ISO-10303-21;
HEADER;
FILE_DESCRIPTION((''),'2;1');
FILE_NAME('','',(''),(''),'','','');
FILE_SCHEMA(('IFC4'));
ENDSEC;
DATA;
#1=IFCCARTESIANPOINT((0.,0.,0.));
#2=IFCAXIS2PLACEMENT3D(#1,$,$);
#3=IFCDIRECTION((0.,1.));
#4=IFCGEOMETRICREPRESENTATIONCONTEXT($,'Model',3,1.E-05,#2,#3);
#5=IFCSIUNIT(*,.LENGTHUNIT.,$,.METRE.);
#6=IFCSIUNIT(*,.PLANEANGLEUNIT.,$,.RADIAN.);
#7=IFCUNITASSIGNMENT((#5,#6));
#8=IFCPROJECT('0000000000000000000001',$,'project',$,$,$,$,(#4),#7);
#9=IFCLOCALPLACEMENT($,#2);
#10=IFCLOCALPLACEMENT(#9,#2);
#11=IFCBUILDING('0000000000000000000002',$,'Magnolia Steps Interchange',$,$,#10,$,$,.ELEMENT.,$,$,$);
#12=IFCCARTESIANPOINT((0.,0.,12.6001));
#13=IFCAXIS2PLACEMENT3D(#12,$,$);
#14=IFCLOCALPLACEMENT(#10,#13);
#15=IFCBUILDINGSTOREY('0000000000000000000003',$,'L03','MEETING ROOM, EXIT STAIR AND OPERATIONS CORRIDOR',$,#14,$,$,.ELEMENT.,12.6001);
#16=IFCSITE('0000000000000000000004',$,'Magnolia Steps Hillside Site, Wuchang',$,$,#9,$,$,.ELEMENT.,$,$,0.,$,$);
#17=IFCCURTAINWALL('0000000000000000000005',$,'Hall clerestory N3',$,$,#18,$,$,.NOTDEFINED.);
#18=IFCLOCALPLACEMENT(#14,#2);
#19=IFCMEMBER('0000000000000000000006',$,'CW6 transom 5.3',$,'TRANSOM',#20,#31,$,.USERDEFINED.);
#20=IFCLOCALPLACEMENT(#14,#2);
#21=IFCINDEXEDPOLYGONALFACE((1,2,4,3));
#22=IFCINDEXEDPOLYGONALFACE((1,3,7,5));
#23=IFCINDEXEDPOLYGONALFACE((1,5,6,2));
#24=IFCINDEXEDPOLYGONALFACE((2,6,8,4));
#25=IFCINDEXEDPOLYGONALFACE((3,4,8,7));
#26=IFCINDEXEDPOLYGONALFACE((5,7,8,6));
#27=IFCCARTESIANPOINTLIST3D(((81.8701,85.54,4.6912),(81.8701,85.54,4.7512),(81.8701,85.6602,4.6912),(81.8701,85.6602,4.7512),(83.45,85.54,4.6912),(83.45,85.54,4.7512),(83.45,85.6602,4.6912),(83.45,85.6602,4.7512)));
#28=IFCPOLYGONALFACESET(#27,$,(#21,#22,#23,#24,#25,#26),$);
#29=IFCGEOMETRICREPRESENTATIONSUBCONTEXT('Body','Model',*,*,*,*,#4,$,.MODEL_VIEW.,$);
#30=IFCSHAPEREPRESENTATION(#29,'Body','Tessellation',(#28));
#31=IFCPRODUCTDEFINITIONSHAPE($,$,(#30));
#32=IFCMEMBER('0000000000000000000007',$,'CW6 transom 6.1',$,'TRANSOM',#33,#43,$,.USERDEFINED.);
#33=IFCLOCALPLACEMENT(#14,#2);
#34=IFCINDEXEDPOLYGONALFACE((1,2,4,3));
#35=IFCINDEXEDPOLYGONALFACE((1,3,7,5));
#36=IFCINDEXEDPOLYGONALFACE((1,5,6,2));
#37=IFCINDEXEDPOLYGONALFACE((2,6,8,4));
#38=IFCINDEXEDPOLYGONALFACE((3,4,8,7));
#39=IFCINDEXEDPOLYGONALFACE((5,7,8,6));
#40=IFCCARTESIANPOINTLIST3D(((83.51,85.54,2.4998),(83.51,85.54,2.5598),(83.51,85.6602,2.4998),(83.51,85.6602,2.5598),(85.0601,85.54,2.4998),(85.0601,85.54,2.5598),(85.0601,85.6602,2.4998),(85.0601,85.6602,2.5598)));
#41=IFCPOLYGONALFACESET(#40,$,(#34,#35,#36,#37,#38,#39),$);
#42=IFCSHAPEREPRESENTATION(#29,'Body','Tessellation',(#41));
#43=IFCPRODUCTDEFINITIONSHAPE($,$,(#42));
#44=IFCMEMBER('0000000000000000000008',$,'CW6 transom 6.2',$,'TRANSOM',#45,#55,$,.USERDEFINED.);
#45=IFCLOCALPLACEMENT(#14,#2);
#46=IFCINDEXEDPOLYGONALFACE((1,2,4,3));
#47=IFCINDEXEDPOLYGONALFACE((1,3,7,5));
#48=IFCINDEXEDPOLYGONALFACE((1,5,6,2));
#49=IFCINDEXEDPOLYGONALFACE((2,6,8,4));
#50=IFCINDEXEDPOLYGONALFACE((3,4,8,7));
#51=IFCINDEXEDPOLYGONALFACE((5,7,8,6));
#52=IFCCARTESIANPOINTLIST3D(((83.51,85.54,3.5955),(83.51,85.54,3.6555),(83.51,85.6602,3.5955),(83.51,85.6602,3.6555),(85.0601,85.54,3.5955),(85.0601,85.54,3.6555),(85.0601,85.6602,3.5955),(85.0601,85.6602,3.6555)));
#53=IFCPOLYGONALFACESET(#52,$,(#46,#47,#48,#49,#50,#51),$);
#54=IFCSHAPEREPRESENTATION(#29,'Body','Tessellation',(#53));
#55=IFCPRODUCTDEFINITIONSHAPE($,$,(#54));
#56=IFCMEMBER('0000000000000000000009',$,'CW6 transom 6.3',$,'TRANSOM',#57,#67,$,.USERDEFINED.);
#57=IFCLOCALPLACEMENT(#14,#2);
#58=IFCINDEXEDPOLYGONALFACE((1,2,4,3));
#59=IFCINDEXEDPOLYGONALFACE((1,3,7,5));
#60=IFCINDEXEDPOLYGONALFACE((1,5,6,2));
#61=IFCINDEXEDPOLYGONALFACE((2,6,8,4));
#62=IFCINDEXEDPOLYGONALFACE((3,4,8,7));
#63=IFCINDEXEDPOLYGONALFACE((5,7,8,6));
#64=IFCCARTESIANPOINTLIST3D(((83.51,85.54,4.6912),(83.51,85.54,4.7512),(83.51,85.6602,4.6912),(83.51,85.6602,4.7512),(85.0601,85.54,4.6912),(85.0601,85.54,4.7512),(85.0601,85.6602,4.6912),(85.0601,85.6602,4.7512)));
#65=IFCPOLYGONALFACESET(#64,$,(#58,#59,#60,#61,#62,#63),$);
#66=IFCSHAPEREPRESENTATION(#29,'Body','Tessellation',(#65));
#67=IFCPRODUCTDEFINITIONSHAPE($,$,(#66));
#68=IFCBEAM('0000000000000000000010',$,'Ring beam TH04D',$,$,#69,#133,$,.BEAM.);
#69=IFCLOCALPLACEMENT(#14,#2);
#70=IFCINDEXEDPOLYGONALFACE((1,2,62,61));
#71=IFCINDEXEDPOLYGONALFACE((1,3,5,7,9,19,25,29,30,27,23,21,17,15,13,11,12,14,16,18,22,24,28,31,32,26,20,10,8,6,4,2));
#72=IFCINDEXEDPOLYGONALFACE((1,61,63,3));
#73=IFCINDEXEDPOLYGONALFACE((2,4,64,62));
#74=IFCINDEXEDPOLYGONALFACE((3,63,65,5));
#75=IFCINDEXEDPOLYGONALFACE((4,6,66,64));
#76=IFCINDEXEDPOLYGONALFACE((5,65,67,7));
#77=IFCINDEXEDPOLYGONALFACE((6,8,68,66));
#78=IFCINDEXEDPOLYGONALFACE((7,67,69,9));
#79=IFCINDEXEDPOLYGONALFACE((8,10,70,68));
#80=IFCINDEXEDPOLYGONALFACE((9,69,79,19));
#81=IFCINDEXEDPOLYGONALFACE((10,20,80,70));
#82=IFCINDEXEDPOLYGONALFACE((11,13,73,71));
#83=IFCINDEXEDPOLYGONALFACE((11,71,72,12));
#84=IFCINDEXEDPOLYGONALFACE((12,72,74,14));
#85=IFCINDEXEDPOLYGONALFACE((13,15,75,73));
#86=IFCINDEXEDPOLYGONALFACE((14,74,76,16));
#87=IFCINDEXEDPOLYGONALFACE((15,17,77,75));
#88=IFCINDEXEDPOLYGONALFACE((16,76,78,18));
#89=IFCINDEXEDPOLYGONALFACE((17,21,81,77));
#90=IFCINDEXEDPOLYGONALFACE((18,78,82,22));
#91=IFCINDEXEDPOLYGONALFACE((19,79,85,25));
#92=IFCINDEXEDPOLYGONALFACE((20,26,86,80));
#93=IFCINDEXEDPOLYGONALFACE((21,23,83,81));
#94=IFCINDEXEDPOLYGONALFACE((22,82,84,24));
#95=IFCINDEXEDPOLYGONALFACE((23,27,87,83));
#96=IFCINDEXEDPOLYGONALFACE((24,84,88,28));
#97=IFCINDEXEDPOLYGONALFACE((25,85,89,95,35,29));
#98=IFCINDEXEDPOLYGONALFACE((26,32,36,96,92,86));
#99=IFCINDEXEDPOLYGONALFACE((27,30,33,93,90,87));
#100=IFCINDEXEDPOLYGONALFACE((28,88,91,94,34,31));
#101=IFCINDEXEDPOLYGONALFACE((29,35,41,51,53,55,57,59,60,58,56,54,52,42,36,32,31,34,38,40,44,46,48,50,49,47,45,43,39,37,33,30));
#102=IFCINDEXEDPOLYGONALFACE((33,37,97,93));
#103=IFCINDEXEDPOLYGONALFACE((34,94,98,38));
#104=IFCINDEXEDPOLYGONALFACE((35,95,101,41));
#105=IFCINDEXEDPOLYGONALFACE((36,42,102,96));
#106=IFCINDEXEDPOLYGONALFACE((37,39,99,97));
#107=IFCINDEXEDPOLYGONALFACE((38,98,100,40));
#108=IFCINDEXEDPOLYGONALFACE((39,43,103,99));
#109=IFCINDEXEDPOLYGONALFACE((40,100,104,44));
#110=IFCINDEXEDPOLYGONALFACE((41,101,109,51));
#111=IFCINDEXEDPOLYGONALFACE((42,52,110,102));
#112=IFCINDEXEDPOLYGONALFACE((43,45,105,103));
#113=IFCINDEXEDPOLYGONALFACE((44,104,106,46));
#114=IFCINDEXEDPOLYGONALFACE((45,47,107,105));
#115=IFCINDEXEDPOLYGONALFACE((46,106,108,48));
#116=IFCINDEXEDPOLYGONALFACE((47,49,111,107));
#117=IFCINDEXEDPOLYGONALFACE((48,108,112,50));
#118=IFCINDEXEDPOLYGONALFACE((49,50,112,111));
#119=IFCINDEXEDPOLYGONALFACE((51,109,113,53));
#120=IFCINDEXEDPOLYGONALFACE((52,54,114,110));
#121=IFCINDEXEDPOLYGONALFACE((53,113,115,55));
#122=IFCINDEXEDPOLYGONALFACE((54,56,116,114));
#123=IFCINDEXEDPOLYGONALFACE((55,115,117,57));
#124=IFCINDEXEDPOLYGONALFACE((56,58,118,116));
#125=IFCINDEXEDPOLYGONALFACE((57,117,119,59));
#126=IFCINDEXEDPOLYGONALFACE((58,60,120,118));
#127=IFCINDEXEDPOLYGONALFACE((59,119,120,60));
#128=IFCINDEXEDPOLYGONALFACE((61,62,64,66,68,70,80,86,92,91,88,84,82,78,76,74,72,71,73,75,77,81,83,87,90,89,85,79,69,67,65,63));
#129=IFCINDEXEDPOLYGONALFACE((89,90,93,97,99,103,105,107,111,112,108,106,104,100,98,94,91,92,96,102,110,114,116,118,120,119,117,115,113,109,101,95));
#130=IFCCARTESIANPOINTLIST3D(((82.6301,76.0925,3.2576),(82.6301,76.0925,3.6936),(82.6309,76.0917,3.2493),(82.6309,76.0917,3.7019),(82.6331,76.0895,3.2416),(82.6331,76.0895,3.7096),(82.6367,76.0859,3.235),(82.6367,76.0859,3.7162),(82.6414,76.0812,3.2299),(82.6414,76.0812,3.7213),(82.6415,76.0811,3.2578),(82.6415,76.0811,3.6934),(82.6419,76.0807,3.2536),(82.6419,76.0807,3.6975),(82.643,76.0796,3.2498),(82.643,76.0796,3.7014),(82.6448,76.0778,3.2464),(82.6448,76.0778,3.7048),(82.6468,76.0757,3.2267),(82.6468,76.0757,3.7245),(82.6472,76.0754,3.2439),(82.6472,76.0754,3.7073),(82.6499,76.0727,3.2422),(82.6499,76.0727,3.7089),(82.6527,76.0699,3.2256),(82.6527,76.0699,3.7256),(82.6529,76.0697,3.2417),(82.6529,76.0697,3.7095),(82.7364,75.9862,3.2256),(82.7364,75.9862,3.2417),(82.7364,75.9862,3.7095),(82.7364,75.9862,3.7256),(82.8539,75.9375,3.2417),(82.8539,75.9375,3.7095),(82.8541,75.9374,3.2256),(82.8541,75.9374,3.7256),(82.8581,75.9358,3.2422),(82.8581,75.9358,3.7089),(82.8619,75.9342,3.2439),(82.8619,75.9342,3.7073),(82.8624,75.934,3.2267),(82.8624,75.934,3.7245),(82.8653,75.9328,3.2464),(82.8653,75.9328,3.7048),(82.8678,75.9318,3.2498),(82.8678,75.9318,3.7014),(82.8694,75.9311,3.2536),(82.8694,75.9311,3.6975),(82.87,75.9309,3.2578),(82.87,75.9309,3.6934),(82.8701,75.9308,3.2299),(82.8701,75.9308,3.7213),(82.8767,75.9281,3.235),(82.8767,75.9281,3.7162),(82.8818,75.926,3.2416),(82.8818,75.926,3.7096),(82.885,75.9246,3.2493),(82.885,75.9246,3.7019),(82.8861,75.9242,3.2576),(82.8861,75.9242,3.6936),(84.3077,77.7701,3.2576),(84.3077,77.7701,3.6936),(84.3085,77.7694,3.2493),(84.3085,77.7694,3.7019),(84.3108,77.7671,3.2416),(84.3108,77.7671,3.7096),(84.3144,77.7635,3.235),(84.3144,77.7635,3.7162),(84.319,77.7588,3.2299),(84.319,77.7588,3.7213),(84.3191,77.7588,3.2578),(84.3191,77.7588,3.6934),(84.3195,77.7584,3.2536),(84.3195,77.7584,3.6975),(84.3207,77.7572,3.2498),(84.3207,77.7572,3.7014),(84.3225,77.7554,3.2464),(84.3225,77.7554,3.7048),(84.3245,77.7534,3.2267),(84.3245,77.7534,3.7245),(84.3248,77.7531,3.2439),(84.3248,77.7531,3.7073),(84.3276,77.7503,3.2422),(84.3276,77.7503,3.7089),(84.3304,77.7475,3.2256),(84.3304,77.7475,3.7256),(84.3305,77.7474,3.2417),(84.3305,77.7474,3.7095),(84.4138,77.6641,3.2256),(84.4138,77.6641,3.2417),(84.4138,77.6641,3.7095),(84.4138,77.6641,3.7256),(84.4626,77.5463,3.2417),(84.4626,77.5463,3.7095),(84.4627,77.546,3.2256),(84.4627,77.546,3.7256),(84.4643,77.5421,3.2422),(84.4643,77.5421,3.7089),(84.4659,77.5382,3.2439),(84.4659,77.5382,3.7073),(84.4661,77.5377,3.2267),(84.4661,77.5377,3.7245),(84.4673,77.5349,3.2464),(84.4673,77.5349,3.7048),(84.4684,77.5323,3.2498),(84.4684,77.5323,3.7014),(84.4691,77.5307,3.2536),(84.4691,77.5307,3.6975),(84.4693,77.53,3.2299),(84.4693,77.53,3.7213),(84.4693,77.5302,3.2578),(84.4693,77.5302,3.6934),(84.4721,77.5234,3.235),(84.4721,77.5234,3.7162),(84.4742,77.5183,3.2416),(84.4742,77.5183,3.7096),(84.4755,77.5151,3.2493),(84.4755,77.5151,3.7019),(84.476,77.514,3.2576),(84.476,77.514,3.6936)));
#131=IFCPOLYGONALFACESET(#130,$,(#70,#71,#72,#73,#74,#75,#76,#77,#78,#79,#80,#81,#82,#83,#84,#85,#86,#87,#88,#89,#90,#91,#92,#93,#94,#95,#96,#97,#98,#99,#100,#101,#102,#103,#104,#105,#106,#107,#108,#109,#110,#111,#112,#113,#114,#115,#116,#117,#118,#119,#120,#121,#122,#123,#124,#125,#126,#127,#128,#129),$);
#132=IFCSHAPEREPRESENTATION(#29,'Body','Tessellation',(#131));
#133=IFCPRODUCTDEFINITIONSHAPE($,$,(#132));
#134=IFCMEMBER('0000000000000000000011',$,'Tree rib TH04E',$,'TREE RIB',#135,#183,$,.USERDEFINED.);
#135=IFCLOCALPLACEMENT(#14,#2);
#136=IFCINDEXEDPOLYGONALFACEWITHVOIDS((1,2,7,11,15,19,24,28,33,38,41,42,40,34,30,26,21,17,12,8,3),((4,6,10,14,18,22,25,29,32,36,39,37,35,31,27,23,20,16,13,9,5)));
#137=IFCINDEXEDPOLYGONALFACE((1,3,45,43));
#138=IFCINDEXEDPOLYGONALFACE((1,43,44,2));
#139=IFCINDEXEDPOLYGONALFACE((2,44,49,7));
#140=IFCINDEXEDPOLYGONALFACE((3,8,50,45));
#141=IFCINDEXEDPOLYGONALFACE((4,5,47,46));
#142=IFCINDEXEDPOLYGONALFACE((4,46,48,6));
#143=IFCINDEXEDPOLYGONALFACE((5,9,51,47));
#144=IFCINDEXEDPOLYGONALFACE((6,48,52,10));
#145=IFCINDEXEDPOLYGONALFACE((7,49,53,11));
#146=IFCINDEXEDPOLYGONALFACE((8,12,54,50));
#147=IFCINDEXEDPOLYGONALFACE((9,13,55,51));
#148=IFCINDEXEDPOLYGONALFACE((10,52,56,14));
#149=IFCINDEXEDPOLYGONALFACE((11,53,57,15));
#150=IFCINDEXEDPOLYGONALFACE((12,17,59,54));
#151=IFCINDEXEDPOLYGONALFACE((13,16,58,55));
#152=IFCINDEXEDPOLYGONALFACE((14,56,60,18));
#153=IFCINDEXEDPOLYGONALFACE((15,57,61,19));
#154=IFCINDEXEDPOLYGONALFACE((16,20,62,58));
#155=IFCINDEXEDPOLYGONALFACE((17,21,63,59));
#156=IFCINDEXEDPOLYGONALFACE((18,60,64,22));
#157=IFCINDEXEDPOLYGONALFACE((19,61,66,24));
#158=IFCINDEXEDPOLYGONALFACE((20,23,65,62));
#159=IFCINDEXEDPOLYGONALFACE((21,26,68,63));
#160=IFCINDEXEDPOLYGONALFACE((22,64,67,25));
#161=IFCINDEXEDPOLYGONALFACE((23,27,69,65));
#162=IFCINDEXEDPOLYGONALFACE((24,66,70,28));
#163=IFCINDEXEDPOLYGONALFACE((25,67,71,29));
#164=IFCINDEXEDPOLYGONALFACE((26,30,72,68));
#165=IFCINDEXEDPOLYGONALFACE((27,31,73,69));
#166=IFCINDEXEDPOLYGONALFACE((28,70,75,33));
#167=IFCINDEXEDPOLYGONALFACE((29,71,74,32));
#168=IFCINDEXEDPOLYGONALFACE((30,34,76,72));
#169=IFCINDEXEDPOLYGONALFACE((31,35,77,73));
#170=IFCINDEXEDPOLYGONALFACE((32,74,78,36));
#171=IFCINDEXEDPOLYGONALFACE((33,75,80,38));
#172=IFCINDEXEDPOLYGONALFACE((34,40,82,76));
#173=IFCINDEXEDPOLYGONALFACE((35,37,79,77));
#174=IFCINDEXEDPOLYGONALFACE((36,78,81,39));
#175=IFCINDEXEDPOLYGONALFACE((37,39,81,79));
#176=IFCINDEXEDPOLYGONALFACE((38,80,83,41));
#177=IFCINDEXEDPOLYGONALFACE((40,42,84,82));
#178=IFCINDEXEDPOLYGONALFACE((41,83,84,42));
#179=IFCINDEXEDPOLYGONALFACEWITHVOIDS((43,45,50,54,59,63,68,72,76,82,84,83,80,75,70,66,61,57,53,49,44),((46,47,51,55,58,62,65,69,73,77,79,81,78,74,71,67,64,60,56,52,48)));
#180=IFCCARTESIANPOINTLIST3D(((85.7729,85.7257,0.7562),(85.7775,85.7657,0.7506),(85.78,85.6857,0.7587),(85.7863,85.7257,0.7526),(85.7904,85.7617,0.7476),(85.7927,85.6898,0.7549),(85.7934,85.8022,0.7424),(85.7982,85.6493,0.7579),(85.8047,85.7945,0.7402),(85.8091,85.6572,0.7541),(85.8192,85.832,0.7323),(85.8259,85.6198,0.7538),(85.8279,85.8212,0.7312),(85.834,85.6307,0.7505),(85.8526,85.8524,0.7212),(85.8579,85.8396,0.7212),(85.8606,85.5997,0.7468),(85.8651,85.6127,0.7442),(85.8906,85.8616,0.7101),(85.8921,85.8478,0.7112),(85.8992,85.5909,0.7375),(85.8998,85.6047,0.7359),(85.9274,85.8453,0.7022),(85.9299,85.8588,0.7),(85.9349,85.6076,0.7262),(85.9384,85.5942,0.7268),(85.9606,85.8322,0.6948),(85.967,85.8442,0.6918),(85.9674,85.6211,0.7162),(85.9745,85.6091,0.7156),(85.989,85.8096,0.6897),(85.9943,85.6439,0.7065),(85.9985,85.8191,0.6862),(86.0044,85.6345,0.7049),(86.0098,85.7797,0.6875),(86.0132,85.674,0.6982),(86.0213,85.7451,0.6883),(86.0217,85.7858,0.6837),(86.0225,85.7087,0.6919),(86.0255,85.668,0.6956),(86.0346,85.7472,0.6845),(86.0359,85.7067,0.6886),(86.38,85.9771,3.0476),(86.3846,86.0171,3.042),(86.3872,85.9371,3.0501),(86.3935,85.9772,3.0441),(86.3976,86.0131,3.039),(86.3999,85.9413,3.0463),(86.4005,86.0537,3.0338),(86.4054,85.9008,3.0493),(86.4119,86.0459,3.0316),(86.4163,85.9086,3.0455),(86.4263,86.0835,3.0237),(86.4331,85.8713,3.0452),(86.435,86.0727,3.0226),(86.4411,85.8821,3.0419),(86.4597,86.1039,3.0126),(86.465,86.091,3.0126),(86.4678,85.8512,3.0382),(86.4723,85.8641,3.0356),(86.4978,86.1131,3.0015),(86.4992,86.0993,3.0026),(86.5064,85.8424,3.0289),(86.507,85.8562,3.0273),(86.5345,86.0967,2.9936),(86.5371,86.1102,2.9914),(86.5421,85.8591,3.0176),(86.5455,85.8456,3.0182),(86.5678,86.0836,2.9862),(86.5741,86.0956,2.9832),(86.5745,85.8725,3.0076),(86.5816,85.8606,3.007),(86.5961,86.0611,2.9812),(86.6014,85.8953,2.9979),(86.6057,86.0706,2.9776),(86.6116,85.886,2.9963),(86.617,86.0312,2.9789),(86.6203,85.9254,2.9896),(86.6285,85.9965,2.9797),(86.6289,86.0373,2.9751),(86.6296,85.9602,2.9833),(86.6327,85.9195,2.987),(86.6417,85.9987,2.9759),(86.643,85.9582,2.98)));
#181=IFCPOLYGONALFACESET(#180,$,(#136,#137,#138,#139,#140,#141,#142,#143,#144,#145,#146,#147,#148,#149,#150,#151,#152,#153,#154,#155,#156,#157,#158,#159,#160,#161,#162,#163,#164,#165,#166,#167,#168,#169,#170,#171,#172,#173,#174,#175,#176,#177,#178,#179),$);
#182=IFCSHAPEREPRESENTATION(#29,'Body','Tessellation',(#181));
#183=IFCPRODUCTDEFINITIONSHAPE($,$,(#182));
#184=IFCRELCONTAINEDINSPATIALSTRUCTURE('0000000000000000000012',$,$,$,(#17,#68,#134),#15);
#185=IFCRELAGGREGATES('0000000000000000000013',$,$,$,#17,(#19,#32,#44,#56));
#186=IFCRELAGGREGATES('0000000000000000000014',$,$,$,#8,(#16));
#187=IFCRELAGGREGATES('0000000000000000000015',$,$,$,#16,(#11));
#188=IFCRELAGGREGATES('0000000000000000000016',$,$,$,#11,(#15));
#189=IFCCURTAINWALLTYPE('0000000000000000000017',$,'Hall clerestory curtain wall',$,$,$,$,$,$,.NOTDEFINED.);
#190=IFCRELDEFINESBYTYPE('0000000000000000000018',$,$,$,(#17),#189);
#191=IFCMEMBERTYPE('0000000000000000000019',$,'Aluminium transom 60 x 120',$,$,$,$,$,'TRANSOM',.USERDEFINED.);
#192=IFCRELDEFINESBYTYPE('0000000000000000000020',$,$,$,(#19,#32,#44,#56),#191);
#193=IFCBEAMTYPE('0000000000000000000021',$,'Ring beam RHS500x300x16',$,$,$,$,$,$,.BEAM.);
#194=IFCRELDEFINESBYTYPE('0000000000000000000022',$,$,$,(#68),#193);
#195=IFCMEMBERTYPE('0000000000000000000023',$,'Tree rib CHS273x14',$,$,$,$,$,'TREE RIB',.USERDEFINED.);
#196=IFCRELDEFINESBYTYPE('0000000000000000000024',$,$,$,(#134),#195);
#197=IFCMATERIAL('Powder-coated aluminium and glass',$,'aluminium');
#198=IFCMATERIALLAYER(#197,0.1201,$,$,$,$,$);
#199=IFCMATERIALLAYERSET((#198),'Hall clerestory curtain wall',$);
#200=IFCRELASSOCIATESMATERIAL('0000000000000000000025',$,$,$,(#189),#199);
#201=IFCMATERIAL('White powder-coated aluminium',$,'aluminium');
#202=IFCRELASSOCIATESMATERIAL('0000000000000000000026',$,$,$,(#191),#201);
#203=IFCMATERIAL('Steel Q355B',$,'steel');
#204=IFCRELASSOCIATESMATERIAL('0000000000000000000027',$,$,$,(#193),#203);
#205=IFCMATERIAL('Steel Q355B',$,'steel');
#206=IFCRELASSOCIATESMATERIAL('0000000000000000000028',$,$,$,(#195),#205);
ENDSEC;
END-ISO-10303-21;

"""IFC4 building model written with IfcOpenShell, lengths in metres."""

from ifc_helpers import new_model, si_unit, direction, frame, origin, origin_2d, place, context, subcontext, project, spatial, rectangle, hollow_rectangle, hollow_circle, extrude, clip, halfspace, material, layer, layer_set, material_profile, profile_set, type_object, element, aggregate, save


model = new_model("IFC4")

# Units and contexts
model_context = context("Model", 3, precision=1e-05, world=origin(), true_north=direction((0.0, 1.0)))
body_context = subcontext(model_context, "Body", "Model", "MODEL_VIEW")
ifc_project = project(units=[si_unit("LENGTHUNIT", "METRE"), si_unit("PLANEANGLEUNIT", "RADIAN")], contexts=[model_context])

# Site, building, storey
site_placement = place(None, origin())
site = spatial("IfcSite", under=ifc_project, at=site_placement, Name="Magnolia Steps Hillside Site, Wuchang", CompositionType="ELEMENT", RefElevation=0.0)
building_placement = place(site_placement, origin())
building = spatial("IfcBuilding", under=site, at=building_placement, Name="Magnolia Steps Interchange", CompositionType="ELEMENT")
storey_placement = place(building_placement, frame((0.0, 0.0, 12.6001)))
storey = spatial("IfcBuildingStorey", under=building, at=storey_placement, Name="L03", Description="MEETING ROOM, EXIT STAIR AND OPERATIONS CORRIDOR", CompositionType="ELEMENT", Elevation=12.6001)

# Curtain wall, members
ifc_material_1 = material(Name="Powder-coated aluminium and glass", Category="aluminium")
ifc_layer_1 = layer(ifc_material_1, 0.1201)
ifc_layer_set_1 = layer_set([ifc_layer_1], Name="Hall clerestory curtain wall")
curtain_wall_type = type_object("IfcCurtainWallType", Name="Hall clerestory curtain wall", PredefinedType="NOTDEFINED", material=ifc_layer_set_1)
curtain_wall_placement = place(storey_placement, origin())
curtain_wall = element("IfcCurtainWall", 1, at=curtain_wall_placement, inside=storey, type_object=curtain_wall_type, Name="Hall clerestory N3", PredefinedType="NOTDEFINED")
ifc_material_2 = material(Name="White powder-coated aluminium", Category="aluminium")
ifc_material_profile_1 = material_profile(ifc_material_2, rectangle(XDim=0.0601, YDim=0.1201, at=origin_2d()), Name="Aluminium transom 60 x 120")
ifc_profile_set_1 = profile_set([ifc_material_profile_1], Name="White powder-coated aluminium")
member_type_1 = type_object("IfcMemberType", Name="Aluminium transom 60 x 120", ElementType="TRANSOM", PredefinedType="USERDEFINED", material=ifc_profile_set_1)
member_1_placement = place(storey_placement, frame((81.8701, 85.6001, 4.7212), z_axis=(1.0, 0.0, 0.0), x_axis=(0.0, 0.0, 1.0)))
member_1 = element("IfcMember", 2, at=member_1_placement, type_object=member_type_1, Name="CW6 transom 5.3", ObjectType="TRANSOM", PredefinedType="USERDEFINED", context=body_context, shape_type="SweptSolid", body=[
    extrude(rectangle(XDim=0.0601, YDim=0.1201, at=origin_2d()), origin(), (0.0, 0.0, 1.0), 1.5798),
])
member_2_placement = place(storey_placement, frame((83.51, 85.6001, 2.5298), z_axis=(1.0, 0.0, 0.0), x_axis=(0.0, 0.0, 1.0)))
member_2 = element("IfcMember", 3, at=member_2_placement, type_object=member_type_1, Name="CW6 transom 6.1", ObjectType="TRANSOM", PredefinedType="USERDEFINED", context=body_context, shape_type="SweptSolid", body=[
    extrude(rectangle(XDim=0.0601, YDim=0.1201, at=origin_2d()), origin(), (0.0, 0.0, 1.0), 1.55),
])
member_3_placement = place(storey_placement, frame((83.51, 85.6001, 3.6255), z_axis=(1.0, 0.0, 0.0), x_axis=(0.0, 0.0, 1.0)))
member_3 = element("IfcMember", 4, at=member_3_placement, type_object=member_type_1, Name="CW6 transom 6.2", ObjectType="TRANSOM", PredefinedType="USERDEFINED", context=body_context, shape_type="SweptSolid", body=[
    extrude(rectangle(XDim=0.0601, YDim=0.1201, at=origin_2d()), origin(), (0.0, 0.0, 1.0), 1.55),
])
member_4_placement = place(storey_placement, frame((83.51, 85.6001, 4.7212), z_axis=(1.0, 0.0, 0.0), x_axis=(0.0, 0.0, 1.0)))
member_4 = element("IfcMember", 5, at=member_4_placement, type_object=member_type_1, Name="CW6 transom 6.3", ObjectType="TRANSOM", PredefinedType="USERDEFINED", context=body_context, shape_type="SweptSolid", body=[
    extrude(rectangle(XDim=0.0601, YDim=0.1201, at=origin_2d()), origin(), (0.0, 0.0, 1.0), 1.55),
])

# Beam
ifc_material_3 = material(Name="Steel Q355B", Category="steel")
ifc_material_profile_2 = material_profile(ifc_material_3, hollow_rectangle(XDim=0.3, YDim=0.5, WallThickness=0.0161, InnerFilletRadius=0.0161, OuterFilletRadius=0.032, at=origin_2d()), Name="RHS500x300x16")
ifc_profile_set_2 = profile_set([ifc_material_profile_2], Name="Steel Q355B")
beam_type = type_object("IfcBeamType", Name="Ring beam RHS500x300x16", PredefinedType="BEAM", material=ifc_profile_set_2)
beam_placement = place(storey_placement, frame((84.4138, 77.6641, 3.4756), z_axis=(-0.707107, -0.707107, 0.0), x_axis=(0.707107, -0.707107, 0.0)))
element("IfcBeam", 6, at=beam_placement, inside=storey, type_object=beam_type, Name="Ring beam TH04D", PredefinedType="BEAM", context=body_context, shape_type="Clipping", body=[
    clip(clip(extrude(hollow_rectangle(XDim=0.3, YDim=0.5, WallThickness=0.0161, InnerFilletRadius=0.0161, OuterFilletRadius=0.032, at=origin_2d()), origin(), (0.0, 0.0, 1.0), 2.3726), halfspace(frame((0.0, 0.0, 0.0), z_axis=(0.382683, 0.0, -0.92388), x_axis=(0.92388, 0.0, 0.382683)), False)), halfspace(frame((0.0, 0.0, 2.3727), z_axis=(0.382683, 0.0, 0.92388), x_axis=(0.92388, 0.0, -0.382683)), False)),
])

# Member
ifc_material_4 = material(Name="Steel Q355B", Category="steel")
ifc_material_profile_3 = material_profile(ifc_material_4, hollow_circle(Radius=0.1365, WallThickness=0.0139, at=origin_2d()), Name="CHS273x14")
ifc_profile_set_3 = profile_set([ifc_material_profile_3], Name="Steel Q355B")
member_type_2 = type_object("IfcMemberType", Name="Tree rib CHS273x14", ElementType="TREE RIB", PredefinedType="USERDEFINED", material=ifc_profile_set_3)
for number, where, z_axis, x_axis, name in (
    (7, (85.9048, 85.7263, 0.7212), (0.254701, 0.105485, 0.961249), (-0.382636, 0.923899, 0.0), "Tree rib TH04E"),
):
    element("IfcMember", number, at=place(storey_placement, frame(where, z_axis=z_axis, x_axis=x_axis)), inside=storey, type_object=member_type_2, Name=name, ObjectType="TREE RIB", PredefinedType="USERDEFINED", context=body_context, shape_type="SweptSolid", body=[
        extrude(hollow_circle(Radius=0.1365, WallThickness=0.0139, at=origin_2d()), origin(), (0.0, 0.0, 1.0), 2.3838),
    ])

aggregate(curtain_wall, [member_1, member_2, member_3, member_4])

save(model, "model.ifc")
